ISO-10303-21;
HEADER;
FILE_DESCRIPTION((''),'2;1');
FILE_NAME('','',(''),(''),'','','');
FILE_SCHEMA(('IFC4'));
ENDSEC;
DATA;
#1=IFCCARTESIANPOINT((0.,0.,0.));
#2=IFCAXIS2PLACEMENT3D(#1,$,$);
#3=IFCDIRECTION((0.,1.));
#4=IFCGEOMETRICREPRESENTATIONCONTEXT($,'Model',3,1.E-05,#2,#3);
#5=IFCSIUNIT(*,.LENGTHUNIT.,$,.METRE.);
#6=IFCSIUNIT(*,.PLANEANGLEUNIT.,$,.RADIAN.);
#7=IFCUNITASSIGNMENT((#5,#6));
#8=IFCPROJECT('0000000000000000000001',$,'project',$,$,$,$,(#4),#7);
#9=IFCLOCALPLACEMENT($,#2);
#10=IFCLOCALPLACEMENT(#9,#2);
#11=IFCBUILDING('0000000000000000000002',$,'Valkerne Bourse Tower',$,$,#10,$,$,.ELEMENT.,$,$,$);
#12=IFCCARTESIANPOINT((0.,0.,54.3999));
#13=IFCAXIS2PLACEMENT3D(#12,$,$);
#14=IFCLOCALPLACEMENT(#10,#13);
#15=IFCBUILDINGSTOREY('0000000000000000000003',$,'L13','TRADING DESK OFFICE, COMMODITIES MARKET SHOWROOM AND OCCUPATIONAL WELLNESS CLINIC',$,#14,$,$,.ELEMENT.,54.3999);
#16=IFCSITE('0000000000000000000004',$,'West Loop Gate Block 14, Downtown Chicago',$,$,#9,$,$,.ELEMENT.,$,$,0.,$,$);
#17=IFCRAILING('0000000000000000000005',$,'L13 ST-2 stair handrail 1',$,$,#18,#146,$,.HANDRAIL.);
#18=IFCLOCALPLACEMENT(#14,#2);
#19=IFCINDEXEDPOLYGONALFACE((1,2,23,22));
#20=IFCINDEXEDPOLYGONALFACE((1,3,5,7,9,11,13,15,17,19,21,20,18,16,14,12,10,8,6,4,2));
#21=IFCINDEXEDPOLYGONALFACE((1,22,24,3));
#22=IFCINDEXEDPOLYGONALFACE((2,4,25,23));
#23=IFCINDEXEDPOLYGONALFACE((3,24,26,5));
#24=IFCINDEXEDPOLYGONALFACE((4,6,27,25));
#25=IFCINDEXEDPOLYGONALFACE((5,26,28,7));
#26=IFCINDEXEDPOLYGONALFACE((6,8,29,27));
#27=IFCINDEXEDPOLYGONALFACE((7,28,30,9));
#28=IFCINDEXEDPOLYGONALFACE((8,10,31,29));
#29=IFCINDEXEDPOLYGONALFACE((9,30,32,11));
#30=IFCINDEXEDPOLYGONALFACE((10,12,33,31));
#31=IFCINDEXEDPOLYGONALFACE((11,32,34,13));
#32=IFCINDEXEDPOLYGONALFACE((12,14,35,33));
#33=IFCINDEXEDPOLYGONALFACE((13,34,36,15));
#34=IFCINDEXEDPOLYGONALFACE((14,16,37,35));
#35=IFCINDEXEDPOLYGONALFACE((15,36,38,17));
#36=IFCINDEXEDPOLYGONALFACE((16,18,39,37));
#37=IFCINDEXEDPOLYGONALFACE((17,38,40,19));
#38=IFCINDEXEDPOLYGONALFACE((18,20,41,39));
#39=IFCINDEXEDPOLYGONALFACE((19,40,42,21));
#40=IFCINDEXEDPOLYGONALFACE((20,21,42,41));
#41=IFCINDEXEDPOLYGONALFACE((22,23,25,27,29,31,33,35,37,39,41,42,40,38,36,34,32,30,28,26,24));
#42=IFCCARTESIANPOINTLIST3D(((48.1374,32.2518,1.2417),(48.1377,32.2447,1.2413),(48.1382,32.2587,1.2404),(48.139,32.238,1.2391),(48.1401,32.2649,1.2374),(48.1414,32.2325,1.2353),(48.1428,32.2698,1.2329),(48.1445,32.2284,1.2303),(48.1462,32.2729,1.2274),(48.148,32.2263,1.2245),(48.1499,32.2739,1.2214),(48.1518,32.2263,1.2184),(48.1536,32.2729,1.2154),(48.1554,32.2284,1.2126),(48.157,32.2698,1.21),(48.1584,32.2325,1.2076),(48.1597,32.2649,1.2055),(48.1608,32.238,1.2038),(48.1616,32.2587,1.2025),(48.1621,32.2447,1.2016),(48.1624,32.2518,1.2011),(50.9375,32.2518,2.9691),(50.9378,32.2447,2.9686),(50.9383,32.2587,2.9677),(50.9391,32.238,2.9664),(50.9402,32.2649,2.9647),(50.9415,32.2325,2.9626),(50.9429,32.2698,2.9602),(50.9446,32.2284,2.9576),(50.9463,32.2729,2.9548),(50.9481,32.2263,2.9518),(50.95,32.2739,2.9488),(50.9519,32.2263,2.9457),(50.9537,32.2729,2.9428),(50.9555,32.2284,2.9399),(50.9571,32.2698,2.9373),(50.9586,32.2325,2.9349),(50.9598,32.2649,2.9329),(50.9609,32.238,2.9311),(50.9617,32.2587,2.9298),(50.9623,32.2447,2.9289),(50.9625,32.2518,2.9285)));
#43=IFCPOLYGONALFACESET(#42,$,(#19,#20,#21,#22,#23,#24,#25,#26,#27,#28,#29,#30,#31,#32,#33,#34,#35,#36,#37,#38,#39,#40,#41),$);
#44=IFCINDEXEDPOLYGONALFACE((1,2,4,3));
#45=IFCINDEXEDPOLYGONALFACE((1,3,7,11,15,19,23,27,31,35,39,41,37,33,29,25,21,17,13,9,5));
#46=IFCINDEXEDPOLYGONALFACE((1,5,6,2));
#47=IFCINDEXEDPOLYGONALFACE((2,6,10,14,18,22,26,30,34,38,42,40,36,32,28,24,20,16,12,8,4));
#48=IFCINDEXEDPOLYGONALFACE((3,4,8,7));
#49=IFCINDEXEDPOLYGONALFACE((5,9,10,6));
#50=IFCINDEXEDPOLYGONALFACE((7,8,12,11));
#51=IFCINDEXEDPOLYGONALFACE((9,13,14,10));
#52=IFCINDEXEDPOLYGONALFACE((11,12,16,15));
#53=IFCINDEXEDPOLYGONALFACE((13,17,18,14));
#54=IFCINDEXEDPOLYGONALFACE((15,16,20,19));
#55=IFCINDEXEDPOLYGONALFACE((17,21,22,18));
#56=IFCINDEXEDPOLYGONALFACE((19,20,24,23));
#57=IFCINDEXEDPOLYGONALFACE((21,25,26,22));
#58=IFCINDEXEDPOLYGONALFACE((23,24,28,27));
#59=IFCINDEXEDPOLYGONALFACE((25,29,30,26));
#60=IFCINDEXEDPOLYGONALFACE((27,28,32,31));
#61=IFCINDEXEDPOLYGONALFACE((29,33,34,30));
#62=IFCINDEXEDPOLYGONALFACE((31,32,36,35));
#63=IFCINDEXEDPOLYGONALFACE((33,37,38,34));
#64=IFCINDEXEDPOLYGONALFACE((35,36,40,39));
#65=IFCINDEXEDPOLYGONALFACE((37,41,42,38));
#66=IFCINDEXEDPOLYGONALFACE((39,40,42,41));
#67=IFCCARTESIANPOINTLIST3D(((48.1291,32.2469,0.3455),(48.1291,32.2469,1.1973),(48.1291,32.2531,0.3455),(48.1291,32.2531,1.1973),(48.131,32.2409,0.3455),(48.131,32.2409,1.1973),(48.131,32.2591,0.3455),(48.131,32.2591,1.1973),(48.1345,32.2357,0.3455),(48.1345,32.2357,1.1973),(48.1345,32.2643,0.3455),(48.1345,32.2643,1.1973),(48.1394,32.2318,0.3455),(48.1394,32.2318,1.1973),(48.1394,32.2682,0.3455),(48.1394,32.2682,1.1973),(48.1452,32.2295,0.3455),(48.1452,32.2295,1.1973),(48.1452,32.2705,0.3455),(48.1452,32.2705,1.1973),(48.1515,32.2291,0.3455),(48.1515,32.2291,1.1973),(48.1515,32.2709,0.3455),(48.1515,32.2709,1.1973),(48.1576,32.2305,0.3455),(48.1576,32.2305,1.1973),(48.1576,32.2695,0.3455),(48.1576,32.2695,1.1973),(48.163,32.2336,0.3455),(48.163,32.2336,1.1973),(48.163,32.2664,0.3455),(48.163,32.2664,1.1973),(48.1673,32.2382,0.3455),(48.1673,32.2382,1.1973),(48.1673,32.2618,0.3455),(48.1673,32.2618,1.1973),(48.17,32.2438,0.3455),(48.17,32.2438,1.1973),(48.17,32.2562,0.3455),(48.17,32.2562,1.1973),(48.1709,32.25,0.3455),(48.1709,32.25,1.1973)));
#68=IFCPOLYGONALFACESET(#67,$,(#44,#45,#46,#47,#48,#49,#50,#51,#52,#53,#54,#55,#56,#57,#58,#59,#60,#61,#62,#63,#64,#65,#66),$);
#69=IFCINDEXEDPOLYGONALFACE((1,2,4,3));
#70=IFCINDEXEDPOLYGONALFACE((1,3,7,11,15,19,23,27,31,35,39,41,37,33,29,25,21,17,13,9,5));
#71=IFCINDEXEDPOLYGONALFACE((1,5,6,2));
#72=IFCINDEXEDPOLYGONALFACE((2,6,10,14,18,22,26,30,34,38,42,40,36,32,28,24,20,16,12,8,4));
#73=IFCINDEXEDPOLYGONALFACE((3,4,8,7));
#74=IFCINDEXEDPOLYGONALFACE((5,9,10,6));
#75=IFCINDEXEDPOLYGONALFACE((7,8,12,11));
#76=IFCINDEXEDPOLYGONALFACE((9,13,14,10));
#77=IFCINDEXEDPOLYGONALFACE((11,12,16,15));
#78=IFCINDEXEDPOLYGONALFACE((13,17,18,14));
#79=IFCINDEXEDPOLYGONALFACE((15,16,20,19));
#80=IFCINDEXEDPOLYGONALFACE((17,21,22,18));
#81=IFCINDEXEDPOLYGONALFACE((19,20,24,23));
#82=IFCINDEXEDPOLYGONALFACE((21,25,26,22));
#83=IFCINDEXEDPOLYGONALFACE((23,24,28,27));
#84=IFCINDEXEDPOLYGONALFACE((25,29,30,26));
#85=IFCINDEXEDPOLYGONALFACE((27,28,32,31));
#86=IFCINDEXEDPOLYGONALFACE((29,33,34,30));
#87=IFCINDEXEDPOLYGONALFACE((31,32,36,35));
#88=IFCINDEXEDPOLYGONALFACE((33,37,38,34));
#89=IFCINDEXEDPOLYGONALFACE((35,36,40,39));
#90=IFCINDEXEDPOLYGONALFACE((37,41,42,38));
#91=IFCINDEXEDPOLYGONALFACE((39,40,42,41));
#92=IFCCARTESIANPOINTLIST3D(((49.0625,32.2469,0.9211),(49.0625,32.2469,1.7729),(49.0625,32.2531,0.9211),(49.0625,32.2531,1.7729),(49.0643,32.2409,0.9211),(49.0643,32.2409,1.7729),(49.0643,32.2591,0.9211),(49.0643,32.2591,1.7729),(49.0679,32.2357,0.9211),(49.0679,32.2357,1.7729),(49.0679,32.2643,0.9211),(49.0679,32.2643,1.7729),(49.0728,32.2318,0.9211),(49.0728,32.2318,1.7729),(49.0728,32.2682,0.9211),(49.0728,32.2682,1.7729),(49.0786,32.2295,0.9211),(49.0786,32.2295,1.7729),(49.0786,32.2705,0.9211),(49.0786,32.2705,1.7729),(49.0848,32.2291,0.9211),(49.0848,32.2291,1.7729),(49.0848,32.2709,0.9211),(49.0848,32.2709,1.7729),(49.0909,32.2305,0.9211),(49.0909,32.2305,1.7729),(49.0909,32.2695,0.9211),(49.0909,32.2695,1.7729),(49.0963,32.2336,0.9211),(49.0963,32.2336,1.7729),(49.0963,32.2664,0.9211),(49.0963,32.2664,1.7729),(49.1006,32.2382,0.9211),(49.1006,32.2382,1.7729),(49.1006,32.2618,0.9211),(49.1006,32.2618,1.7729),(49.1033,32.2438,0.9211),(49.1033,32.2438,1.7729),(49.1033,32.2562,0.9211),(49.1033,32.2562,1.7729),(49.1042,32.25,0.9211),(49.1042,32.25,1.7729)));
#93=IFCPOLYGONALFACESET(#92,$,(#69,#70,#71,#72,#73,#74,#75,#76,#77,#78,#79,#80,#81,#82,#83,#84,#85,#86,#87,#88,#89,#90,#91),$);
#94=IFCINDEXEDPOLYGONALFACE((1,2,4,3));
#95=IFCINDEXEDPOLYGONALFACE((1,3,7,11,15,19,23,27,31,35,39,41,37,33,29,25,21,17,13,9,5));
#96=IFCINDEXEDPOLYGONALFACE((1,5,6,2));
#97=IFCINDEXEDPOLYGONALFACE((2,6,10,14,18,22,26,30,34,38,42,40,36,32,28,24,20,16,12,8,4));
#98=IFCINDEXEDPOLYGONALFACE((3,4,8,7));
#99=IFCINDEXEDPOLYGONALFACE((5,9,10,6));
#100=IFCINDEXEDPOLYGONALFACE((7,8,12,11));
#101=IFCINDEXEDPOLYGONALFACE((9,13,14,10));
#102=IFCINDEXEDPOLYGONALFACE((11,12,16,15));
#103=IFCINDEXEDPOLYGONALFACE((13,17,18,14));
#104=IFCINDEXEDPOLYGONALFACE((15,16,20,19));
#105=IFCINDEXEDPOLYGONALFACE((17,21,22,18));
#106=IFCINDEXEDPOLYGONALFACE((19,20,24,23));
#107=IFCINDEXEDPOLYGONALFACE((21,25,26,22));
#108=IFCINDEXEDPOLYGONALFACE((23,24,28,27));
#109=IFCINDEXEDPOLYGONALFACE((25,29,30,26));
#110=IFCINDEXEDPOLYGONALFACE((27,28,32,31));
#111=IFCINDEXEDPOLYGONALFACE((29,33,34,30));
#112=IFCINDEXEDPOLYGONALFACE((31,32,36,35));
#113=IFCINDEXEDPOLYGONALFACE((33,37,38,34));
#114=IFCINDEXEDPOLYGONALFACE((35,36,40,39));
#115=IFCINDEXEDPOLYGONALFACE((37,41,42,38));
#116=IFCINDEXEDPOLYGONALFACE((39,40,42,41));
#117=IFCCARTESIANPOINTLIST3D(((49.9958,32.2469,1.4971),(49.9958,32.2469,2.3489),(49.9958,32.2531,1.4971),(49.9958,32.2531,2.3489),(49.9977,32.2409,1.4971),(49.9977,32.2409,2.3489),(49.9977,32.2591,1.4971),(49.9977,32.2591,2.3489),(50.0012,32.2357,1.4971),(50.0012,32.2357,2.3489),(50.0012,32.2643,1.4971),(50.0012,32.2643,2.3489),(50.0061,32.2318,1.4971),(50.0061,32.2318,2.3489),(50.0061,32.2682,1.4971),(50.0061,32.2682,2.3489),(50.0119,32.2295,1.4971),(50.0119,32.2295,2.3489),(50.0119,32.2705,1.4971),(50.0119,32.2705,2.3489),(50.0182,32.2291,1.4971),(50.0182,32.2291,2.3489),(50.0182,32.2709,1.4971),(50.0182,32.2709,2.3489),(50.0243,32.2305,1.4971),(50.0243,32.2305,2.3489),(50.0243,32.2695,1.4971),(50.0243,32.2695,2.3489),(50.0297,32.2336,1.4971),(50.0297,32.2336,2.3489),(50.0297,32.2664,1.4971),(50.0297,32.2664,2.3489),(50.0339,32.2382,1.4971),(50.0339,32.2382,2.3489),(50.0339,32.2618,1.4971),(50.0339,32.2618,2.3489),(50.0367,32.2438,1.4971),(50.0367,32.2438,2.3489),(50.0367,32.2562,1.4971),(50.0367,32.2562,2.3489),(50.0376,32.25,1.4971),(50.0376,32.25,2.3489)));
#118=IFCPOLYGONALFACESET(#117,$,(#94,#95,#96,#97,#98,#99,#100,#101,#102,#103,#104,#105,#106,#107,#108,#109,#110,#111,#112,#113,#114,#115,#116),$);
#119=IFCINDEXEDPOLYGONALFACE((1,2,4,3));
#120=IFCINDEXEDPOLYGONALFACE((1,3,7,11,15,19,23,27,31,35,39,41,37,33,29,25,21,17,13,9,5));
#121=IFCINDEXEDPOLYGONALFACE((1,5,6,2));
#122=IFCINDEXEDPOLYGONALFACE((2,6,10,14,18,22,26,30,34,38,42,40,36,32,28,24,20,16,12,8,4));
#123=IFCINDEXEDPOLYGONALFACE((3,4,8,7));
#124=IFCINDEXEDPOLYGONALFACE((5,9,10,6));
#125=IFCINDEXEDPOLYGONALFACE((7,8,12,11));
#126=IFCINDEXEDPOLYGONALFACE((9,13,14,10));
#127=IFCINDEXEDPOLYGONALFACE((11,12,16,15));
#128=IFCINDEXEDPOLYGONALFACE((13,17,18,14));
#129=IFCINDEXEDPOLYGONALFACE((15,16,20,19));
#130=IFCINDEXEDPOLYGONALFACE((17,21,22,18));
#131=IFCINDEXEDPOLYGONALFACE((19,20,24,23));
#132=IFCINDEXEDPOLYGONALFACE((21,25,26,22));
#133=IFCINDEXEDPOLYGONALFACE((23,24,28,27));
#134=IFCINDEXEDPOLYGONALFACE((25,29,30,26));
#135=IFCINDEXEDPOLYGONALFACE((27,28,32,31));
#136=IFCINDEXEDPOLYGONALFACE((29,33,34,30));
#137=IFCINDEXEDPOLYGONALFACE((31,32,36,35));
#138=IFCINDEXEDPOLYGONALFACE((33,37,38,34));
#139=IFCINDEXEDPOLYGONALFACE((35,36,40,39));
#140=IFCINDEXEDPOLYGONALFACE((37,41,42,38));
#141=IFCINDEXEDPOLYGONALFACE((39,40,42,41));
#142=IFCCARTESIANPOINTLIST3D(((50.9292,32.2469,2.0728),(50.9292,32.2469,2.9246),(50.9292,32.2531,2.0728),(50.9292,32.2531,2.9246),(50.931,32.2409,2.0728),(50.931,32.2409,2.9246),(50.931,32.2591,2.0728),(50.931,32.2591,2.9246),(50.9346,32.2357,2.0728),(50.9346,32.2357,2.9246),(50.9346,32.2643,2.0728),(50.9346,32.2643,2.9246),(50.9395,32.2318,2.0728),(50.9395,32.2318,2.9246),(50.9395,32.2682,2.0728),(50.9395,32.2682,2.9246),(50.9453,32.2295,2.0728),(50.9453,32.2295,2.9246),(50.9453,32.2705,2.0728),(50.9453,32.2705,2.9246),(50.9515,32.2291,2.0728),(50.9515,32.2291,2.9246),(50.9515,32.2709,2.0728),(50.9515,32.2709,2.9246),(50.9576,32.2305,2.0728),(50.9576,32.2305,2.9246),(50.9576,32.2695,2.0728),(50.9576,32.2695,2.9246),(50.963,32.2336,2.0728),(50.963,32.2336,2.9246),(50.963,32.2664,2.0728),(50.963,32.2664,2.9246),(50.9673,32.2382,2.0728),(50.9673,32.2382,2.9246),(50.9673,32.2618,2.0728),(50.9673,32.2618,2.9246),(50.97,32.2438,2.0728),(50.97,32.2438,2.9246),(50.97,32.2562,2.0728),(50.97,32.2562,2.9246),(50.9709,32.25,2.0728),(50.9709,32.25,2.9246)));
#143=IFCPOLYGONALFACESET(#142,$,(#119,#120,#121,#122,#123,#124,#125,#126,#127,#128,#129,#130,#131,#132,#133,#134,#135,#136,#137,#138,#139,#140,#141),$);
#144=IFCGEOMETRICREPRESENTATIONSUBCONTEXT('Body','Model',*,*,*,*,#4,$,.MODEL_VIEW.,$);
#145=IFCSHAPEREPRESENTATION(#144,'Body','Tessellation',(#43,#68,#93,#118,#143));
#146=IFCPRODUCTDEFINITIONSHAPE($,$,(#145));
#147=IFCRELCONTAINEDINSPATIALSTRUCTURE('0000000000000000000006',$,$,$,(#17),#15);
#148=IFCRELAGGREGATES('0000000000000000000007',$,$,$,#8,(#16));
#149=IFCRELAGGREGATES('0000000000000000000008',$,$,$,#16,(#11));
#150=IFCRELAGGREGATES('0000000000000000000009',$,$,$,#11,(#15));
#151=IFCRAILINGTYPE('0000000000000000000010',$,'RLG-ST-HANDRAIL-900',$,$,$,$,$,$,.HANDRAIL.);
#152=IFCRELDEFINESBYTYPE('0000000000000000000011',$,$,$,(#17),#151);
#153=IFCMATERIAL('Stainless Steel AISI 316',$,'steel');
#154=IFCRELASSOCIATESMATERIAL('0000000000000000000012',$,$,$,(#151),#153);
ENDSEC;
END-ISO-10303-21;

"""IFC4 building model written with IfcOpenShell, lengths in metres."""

from ifc_helpers import new_model, si_unit, direction, frame, origin, origin_2d, place, context, subcontext, project, spatial, circle, extrude, material, type_object, element, save


model = new_model("IFC4")

# Units and contexts
model_context = context("Model", 3, precision=1e-05, world=origin(), true_north=direction((0.0, 1.0)))
body_context = subcontext(model_context, "Body", "Model", "MODEL_VIEW")
ifc_project = project(units=[si_unit("LENGTHUNIT", "METRE"), si_unit("PLANEANGLEUNIT", "RADIAN")], contexts=[model_context])

# Site, building, storey
site_placement = place(None, origin())
site = spatial("IfcSite", under=ifc_project, at=site_placement, Name="West Loop Gate Block 14, Downtown Chicago", CompositionType="ELEMENT", RefElevation=0.0)
building_placement = place(site_placement, origin())
building = spatial("IfcBuilding", under=site, at=building_placement, Name="Valkerne Bourse Tower", CompositionType="ELEMENT")
storey_placement = place(building_placement, frame((0.0, 0.0, 54.3999)))
storey = spatial("IfcBuildingStorey", under=building, at=storey_placement, Name="L13", Description="TRADING DESK OFFICE, COMMODITIES MARKET SHOWROOM AND OCCUPATIONAL WELLNESS CLINIC", CompositionType="ELEMENT", Elevation=54.3999)

# Railing
ifc_material_1 = material(Name="Stainless Steel AISI 316", Category="steel")
railing_type_1 = type_object("IfcRailingType", Name="RLG-ST-HANDRAIL-900", PredefinedType="HANDRAIL", material=ifc_material_1)
railing_1_placement = place(storey_placement, frame((48.1499, 32.25, 0.3455)))
element("IfcRailing", 1, at=railing_1_placement, inside=storey, type_object=railing_type_1, Name="L13 ST-2 stair handrail 1", PredefinedType="HANDRAIL", context=body_context, shape_type="SweptSolid", body=[
    extrude(circle(Radius=0.0239, at=origin_2d()), frame((0.0, 0.0, 0.876), z_axis=(0.85109, 0.0, 0.52502), x_axis=(0.0, 1.0, 0.0)), (0.0, 0.0, 1.0), 3.29),
    extrude(circle(Radius=0.021, at=origin_2d()), origin(), (0.0, 0.0, 1.0), 0.8518),
    extrude(circle(Radius=0.021, at=origin_2d()), frame((0.9333, 0.0, 0.5757)), (0.0, 0.0, 1.0), 0.8518),
    extrude(circle(Radius=0.021, at=origin_2d()), frame((1.8667, 0.0, 1.1516)), (0.0, 0.0, 1.0), 0.8518),
    extrude(circle(Radius=0.021, at=origin_2d()), frame((2.8, 0.0, 1.7273)), (0.0, 0.0, 1.0), 0.8518),
])

save(model, "model.ifc")
